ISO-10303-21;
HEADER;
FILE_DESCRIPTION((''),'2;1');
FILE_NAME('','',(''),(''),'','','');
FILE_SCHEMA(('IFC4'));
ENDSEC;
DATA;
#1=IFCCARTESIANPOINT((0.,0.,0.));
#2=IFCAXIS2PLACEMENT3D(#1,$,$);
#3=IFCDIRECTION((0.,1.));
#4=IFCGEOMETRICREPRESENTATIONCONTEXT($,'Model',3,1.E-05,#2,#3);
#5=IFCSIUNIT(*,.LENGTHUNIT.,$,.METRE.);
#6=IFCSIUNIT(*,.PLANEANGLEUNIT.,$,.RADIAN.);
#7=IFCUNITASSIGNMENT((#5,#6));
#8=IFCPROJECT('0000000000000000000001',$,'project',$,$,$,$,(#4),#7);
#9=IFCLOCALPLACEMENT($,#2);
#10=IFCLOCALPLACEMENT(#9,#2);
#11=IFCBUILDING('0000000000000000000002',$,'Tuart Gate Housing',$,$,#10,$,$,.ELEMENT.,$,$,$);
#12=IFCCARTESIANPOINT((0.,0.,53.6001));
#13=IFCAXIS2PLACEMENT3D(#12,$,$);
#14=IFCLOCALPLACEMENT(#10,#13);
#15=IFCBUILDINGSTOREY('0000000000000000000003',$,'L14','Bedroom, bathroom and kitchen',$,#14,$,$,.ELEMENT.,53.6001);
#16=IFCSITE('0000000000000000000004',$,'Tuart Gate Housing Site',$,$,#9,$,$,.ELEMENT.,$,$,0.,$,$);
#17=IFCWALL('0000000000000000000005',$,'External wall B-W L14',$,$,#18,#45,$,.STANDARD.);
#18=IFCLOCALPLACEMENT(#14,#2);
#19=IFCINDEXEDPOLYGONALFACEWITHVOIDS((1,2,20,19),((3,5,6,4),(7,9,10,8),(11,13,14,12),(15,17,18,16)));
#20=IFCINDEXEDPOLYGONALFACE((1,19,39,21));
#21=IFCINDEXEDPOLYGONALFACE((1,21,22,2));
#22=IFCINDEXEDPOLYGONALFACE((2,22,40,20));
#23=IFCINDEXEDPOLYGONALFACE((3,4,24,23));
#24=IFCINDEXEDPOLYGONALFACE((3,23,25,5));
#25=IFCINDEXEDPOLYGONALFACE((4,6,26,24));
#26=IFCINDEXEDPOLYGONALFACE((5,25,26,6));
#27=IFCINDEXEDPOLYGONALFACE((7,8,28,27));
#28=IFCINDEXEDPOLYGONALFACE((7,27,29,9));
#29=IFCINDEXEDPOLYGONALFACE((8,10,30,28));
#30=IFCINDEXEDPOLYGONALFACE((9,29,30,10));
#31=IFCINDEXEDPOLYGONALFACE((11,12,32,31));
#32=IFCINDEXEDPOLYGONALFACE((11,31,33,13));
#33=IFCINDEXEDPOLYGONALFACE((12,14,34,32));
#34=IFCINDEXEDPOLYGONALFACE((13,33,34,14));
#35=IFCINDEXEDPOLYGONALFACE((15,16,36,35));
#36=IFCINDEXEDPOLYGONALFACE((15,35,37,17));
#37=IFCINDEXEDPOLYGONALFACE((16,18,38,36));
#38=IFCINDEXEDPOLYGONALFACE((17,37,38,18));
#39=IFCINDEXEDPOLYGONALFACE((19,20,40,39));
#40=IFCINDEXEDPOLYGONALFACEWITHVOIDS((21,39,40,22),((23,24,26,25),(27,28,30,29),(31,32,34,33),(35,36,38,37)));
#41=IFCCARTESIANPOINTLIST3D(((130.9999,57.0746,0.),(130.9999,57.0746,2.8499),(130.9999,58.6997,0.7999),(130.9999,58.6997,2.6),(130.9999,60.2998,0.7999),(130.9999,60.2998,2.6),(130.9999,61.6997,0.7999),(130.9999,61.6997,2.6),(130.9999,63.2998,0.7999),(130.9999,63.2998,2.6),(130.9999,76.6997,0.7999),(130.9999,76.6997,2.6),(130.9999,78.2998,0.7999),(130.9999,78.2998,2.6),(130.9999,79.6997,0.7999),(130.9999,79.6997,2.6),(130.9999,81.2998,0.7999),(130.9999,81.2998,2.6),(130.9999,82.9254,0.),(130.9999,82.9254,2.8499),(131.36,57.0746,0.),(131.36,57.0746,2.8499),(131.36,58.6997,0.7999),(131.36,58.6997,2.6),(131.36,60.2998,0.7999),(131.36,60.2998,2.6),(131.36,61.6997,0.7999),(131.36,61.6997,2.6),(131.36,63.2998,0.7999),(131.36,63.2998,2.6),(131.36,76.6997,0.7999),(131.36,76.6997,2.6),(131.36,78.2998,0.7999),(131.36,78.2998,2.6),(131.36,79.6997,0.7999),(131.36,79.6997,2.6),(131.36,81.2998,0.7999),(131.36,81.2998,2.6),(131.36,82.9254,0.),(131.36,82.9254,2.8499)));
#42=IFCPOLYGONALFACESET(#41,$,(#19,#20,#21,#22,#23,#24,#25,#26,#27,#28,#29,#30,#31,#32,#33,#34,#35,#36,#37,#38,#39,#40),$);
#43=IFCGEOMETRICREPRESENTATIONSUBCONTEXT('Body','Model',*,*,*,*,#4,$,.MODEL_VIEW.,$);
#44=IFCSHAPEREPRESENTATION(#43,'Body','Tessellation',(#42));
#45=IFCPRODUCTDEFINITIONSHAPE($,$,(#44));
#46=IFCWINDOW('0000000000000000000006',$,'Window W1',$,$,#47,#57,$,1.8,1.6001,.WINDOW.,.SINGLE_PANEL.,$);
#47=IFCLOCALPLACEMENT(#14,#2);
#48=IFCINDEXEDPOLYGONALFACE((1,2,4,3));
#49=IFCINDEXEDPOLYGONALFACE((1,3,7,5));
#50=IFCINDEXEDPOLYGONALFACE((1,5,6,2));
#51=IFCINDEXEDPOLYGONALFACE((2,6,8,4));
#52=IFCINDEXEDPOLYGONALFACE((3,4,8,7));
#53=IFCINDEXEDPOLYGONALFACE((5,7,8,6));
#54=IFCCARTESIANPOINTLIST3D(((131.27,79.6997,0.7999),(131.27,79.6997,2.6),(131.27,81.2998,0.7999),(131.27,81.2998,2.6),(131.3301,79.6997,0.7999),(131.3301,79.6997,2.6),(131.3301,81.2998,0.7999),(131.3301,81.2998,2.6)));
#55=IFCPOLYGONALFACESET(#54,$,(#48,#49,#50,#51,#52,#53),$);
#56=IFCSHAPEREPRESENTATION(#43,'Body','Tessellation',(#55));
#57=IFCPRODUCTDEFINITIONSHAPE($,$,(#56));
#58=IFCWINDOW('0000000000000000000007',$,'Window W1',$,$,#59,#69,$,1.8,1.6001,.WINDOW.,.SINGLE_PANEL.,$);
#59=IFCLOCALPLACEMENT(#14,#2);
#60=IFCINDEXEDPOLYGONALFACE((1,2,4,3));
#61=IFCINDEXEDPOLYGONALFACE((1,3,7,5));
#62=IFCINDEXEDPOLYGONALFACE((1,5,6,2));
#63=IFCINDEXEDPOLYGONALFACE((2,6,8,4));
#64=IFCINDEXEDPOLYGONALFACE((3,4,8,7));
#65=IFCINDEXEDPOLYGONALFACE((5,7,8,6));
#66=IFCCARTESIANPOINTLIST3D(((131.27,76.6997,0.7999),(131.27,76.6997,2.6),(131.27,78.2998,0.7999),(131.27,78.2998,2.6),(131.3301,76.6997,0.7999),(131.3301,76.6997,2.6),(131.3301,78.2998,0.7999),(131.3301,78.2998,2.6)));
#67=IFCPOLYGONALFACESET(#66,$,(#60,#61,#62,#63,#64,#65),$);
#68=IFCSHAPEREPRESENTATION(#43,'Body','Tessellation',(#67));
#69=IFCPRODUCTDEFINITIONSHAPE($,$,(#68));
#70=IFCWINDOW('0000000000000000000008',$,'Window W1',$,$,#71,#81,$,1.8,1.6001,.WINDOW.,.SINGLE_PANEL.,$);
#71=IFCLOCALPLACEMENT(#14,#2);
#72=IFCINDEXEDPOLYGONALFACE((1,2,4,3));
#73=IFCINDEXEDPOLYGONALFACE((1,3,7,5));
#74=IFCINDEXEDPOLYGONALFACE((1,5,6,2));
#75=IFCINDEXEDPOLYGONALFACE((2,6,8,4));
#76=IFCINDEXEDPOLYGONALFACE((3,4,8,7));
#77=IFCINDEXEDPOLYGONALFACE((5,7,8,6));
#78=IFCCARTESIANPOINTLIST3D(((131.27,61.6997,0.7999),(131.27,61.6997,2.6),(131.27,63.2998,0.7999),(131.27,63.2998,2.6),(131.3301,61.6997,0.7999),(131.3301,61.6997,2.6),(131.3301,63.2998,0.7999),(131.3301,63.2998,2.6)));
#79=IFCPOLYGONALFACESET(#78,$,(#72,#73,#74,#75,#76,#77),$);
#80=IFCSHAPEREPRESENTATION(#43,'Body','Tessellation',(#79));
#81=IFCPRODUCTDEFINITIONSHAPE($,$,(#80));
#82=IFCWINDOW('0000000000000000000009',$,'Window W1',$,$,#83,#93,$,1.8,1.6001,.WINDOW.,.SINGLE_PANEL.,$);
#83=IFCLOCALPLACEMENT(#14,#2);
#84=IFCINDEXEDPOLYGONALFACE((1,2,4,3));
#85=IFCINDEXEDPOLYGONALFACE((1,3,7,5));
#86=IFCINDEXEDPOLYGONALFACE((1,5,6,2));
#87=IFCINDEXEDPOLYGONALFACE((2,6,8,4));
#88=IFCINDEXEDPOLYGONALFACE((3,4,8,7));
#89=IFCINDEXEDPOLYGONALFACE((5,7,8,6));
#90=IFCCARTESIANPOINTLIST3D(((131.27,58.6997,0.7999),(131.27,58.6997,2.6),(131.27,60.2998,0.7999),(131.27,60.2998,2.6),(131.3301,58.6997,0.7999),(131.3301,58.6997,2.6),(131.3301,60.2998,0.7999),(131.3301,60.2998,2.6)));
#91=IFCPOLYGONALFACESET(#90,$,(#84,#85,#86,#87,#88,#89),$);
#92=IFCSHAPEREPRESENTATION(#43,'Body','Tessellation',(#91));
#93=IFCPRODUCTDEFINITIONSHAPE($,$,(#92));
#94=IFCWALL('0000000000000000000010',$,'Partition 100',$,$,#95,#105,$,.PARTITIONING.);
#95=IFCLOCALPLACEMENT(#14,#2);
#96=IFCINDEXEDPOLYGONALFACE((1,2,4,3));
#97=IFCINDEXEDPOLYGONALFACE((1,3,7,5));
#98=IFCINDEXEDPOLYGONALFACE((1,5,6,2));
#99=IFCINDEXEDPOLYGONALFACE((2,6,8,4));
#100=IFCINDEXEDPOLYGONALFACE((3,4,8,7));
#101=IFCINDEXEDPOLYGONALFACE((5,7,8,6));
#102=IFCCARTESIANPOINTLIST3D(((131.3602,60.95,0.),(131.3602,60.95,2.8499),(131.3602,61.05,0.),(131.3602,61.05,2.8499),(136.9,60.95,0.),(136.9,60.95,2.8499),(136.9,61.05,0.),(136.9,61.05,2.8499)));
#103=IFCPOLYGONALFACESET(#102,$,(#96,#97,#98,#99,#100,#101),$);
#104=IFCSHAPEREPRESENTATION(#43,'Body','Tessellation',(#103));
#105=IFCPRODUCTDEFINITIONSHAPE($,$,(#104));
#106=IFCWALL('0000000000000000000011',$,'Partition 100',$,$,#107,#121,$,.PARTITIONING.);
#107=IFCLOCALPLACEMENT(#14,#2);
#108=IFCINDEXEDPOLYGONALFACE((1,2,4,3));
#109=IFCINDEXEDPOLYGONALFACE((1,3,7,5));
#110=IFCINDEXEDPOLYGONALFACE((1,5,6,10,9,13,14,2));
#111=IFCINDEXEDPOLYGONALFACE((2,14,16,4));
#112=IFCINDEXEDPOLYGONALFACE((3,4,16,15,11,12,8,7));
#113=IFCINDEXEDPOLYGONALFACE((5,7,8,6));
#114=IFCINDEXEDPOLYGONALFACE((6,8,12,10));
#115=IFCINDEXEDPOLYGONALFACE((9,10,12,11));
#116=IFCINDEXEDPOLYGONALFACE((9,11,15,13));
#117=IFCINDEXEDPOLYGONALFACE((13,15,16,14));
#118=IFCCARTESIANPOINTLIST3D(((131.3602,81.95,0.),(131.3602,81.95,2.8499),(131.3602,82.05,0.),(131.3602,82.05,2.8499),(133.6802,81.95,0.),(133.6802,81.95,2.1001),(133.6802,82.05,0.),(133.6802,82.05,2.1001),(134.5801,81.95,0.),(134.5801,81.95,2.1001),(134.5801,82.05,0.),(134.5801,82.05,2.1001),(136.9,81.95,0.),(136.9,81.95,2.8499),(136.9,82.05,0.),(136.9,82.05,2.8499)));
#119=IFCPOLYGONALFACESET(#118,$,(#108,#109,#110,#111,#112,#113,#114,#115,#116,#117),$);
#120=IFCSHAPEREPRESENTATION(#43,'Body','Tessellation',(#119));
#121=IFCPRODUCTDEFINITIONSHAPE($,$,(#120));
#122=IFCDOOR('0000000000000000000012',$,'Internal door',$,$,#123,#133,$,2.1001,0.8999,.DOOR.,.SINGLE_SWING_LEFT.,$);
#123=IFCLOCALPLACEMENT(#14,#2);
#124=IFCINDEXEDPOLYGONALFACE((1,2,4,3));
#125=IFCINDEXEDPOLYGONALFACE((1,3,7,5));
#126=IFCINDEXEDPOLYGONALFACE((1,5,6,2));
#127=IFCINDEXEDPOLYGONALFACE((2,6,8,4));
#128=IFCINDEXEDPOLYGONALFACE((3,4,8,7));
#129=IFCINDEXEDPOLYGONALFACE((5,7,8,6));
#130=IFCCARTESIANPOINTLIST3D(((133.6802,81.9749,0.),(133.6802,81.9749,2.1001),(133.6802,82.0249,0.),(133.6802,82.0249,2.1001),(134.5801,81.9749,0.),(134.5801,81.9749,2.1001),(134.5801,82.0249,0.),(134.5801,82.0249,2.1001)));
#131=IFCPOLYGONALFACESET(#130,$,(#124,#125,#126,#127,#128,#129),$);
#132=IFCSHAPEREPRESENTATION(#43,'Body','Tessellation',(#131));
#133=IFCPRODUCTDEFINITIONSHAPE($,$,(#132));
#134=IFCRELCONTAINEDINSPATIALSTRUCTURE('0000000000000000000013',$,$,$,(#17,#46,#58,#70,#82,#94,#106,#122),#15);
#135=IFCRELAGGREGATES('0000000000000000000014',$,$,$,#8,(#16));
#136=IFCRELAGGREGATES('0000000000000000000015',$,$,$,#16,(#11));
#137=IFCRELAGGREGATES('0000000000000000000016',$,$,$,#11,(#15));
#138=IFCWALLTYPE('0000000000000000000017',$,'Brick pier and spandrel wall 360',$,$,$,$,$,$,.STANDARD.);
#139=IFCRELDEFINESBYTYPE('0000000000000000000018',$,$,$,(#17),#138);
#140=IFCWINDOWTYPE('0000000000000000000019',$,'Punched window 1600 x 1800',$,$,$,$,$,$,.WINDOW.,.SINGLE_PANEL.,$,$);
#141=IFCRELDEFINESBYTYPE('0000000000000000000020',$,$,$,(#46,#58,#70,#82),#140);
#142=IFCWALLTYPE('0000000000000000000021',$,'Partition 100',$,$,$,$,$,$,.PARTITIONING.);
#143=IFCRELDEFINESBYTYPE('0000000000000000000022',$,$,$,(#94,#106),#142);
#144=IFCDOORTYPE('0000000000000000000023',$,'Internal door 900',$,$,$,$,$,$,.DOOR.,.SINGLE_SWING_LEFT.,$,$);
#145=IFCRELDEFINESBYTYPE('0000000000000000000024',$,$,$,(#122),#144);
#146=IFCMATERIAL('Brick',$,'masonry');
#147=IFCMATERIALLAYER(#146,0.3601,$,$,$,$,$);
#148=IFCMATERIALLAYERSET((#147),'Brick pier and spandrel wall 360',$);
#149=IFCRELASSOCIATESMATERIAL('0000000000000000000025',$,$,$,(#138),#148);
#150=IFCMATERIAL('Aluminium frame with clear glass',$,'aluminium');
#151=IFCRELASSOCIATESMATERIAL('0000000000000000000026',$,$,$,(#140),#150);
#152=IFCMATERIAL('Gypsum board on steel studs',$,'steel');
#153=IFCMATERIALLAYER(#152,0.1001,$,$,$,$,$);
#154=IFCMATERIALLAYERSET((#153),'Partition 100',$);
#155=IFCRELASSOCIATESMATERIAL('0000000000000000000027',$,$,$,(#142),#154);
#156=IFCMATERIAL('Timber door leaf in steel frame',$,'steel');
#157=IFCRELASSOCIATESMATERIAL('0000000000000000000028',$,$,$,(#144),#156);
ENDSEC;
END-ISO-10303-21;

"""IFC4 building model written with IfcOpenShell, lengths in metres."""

from ifc_helpers import new_model, si_unit, direction, frame, frame_2d, origin, place, context, subcontext, project, spatial, rectangle, extrude, material, layer, layer_set, type_object, element, fill, save


model = new_model("IFC4")

# Units and contexts
model_context = context("Model", 3, precision=1e-05, world=origin(), true_north=direction((0.0, 1.0)))
body_context = subcontext(model_context, "Body", "Model", "MODEL_VIEW")
ifc_project = project(units=[si_unit("LENGTHUNIT", "METRE"), si_unit("PLANEANGLEUNIT", "RADIAN")], contexts=[model_context])

# Site, building, storey
site_placement = place(None, origin())
site = spatial("IfcSite", under=ifc_project, at=site_placement, Name="Tuart Gate Housing Site", CompositionType="ELEMENT", RefElevation=0.0)
building_placement = place(site_placement, origin())
building = spatial("IfcBuilding", under=site, at=building_placement, Name="Tuart Gate Housing", CompositionType="ELEMENT")
storey_placement = place(building_placement, frame((0.0, 0.0, 53.6001)))
storey = spatial("IfcBuildingStorey", under=building, at=storey_placement, Name="L14", Description="Bedroom, bathroom and kitchen", CompositionType="ELEMENT", Elevation=53.6001)

# Shared definitions
ifc_material_1 = material(Name="Brick", Category="masonry")
ifc_layer_1 = layer(ifc_material_1, 0.3601)
ifc_layer_set_1 = layer_set([ifc_layer_1], Name="Brick pier and spandrel wall 360")
wall_type_1 = type_object("IfcWallType", Name="Brick pier and spandrel wall 360", PredefinedType="STANDARD", material=ifc_layer_set_1)
ifc_material_2 = material(Name="Aluminium frame with clear glass", Category="aluminium")
window_type = type_object("IfcWindowType", Name="Punched window 1600 x 1800", PartitioningType="SINGLE_PANEL", PredefinedType="WINDOW", material=ifc_material_2)

# Wall, openings, windows
wall_1_placement = place(storey_placement, frame((131.1799, 82.9253, 0.0), z_axis=(0.0, 0.0, 1.0), x_axis=(0.0, -1.0, 0.0)))
wall_1 = element("IfcWall", 1, at=wall_1_placement, inside=storey, type_object=wall_type_1, Name="External wall B-W L14", PredefinedType="STANDARD", context=body_context, shape_type="SweptSolid", body=[
    extrude(rectangle(XDim=25.8508, YDim=0.3601, at=frame_2d((12.9253, 0.0))), origin(), (0.0, 0.0, 1.0), 2.8499),
])
opening_1_placement = place(wall_1_placement, frame((1.6255, 0.0, 0.8)))
opening_1 = element("IfcOpeningElement", 2, at=opening_1_placement, cuts=wall_1, PredefinedType="OPENING", context=body_context, shape_type="SweptSolid", body=[
    extrude(rectangle(XDim=1.6001, YDim=1.8, at=frame_2d((0.8, 0.8999))), frame((0.0, 0.1899, 0.0), z_axis=(0.0, -1.0, 0.0), x_axis=(1.0, 0.0, 0.0)), (0.0, 0.0, 1.0), 0.3801),
])
opening_2_placement = place(wall_1_placement, frame((4.6255, 0.0, 0.8)))
opening_2 = element("IfcOpeningElement", 3, at=opening_2_placement, cuts=wall_1, PredefinedType="OPENING", context=body_context, shape_type="SweptSolid", body=[
    extrude(rectangle(XDim=1.6001, YDim=1.8, at=frame_2d((0.8, 0.8999))), frame((0.0, 0.1899, 0.0), z_axis=(0.0, -1.0, 0.0), x_axis=(1.0, 0.0, 0.0)), (0.0, 0.0, 1.0), 0.3801),
])
opening_3_placement = place(wall_1_placement, frame((19.6255, 0.0, 0.8)))
opening_3 = element("IfcOpeningElement", 4, at=opening_3_placement, cuts=wall_1, PredefinedType="OPENING", context=body_context, shape_type="SweptSolid", body=[
    extrude(rectangle(XDim=1.6001, YDim=1.8, at=frame_2d((0.8, 0.8999))), frame((0.0, 0.1899, 0.0), z_axis=(0.0, -1.0, 0.0), x_axis=(1.0, 0.0, 0.0)), (0.0, 0.0, 1.0), 0.3801),
])
opening_4_placement = place(wall_1_placement, frame((22.6255, 0.0, 0.8)))
opening_4 = element("IfcOpeningElement", 5, at=opening_4_placement, cuts=wall_1, PredefinedType="OPENING", context=body_context, shape_type="SweptSolid", body=[
    extrude(rectangle(XDim=1.6001, YDim=1.8, at=frame_2d((0.8, 0.8999))), frame((0.0, 0.1899, 0.0), z_axis=(0.0, -1.0, 0.0), x_axis=(1.0, 0.0, 0.0)), (0.0, 0.0, 1.0), 0.3801),
])
window_1_placement = place(opening_1_placement, origin())
window_1 = element("IfcWindow", 6, at=window_1_placement, inside=storey, type_object=window_type, Name="Window W1", OverallHeight=1.8, OverallWidth=1.6001, PartitioningType="SINGLE_PANEL", PredefinedType="WINDOW", context=body_context, shape_type="SweptSolid", body=[
    extrude(rectangle(XDim=1.6001, YDim=1.8, at=frame_2d((0.8, 0.8999))), frame((0.0, 0.1501, 0.0), z_axis=(0.0, -1.0, 0.0), x_axis=(1.0, 0.0, 0.0)), (0.0, 0.0, 1.0), 0.0601),
])
fill(opening_1, window_1)
window_2_placement = place(opening_2_placement, origin())
window_2 = element("IfcWindow", 7, at=window_2_placement, inside=storey, type_object=window_type, Name="Window W1", OverallHeight=1.8, OverallWidth=1.6001, PartitioningType="SINGLE_PANEL", PredefinedType="WINDOW", context=body_context, shape_type="SweptSolid", body=[
    extrude(rectangle(XDim=1.6001, YDim=1.8, at=frame_2d((0.8, 0.8999))), frame((0.0, 0.1501, 0.0), z_axis=(0.0, -1.0, 0.0), x_axis=(1.0, 0.0, 0.0)), (0.0, 0.0, 1.0), 0.0601),
])
fill(opening_2, window_2)
window_3_placement = place(opening_3_placement, origin())
window_3 = element("IfcWindow", 8, at=window_3_placement, inside=storey, type_object=window_type, Name="Window W1", OverallHeight=1.8, OverallWidth=1.6001, PartitioningType="SINGLE_PANEL", PredefinedType="WINDOW", context=body_context, shape_type="SweptSolid", body=[
    extrude(rectangle(XDim=1.6001, YDim=1.8, at=frame_2d((0.8, 0.8999))), frame((0.0, 0.1501, 0.0), z_axis=(0.0, -1.0, 0.0), x_axis=(1.0, 0.0, 0.0)), (0.0, 0.0, 1.0), 0.0601),
])
fill(opening_3, window_3)
window_4_placement = place(opening_4_placement, origin())
window_4 = element("IfcWindow", 9, at=window_4_placement, inside=storey, type_object=window_type, Name="Window W1", OverallHeight=1.8, OverallWidth=1.6001, PartitioningType="SINGLE_PANEL", PredefinedType="WINDOW", context=body_context, shape_type="SweptSolid", body=[
    extrude(rectangle(XDim=1.6001, YDim=1.8, at=frame_2d((0.8, 0.8999))), frame((0.0, 0.1501, 0.0), z_axis=(0.0, -1.0, 0.0), x_axis=(1.0, 0.0, 0.0)), (0.0, 0.0, 1.0), 0.0601),
])
fill(opening_4, window_4)

# Wall
ifc_material_3 = material(Name="Gypsum board on steel studs", Category="steel")
ifc_layer_2 = layer(ifc_material_3, 0.1001)
ifc_layer_set_2 = layer_set([ifc_layer_2], Name="Partition 100")
wall_type_2 = type_object("IfcWallType", Name="Partition 100", PredefinedType="PARTITIONING", material=ifc_layer_set_2)
wall_2_placement = place(storey_placement, frame((131.3601, 61.0, 0.0), z_axis=(0.0, 0.0, 1.0), x_axis=(1.0, 0.0, 0.0)))
element("IfcWall", 10, at=wall_2_placement, inside=storey, type_object=wall_type_2, Name="Partition 100", PredefinedType="PARTITIONING", context=body_context, shape_type="SweptSolid", body=[
    extrude(rectangle(XDim=5.5398, YDim=0.1001, at=frame_2d((2.77, 0.0))), origin(), (0.0, 0.0, 1.0), 2.8499),
])

# Wall, opening, door
wall_3_placement = place(storey_placement, frame((131.3601, 82.0, 0.0), z_axis=(0.0, 0.0, 1.0), x_axis=(1.0, 0.0, 0.0)))
wall_3 = element("IfcWall", 11, at=wall_3_placement, inside=storey, type_object=wall_type_2, Name="Partition 100", PredefinedType="PARTITIONING", context=body_context, shape_type="SweptSolid", body=[
    extrude(rectangle(XDim=5.5398, YDim=0.1001, at=frame_2d((2.77, 0.0))), origin(), (0.0, 0.0, 1.0), 2.8499),
])
opening_5_placement = place(wall_3_placement, frame((2.3201, 0.0, 0.0)))
opening_5 = element("IfcOpeningElement", 12, at=opening_5_placement, cuts=wall_3, PredefinedType="OPENING", context=body_context, shape_type="SweptSolid", body=[
    extrude(rectangle(XDim=0.8999, YDim=2.1001, at=frame_2d((0.45, 1.05))), frame((0.0, 0.0601, 0.0), z_axis=(0.0, -1.0, 0.0), x_axis=(1.0, 0.0, 0.0)), (0.0, 0.0, 1.0), 0.1201),
])
ifc_material_4 = material(Name="Timber door leaf in steel frame", Category="steel")
door_type = type_object("IfcDoorType", Name="Internal door 900", OperationType="SINGLE_SWING_LEFT", PredefinedType="DOOR", material=ifc_material_4)
door_placement = place(opening_5_placement, origin())
door = element("IfcDoor", 13, at=door_placement, inside=storey, type_object=door_type, Name="Internal door", OperationType="SINGLE_SWING_LEFT", OverallHeight=2.1001, OverallWidth=0.8999, PredefinedType="DOOR", context=body_context, shape_type="SweptSolid", body=[
    extrude(rectangle(XDim=0.8999, YDim=2.1001, at=frame_2d((0.45, 1.05))), frame((0.0, 0.0249, 0.0), z_axis=(0.0, -1.0, 0.0), x_axis=(1.0, 0.0, 0.0)), (0.0, 0.0, 1.0), 0.05),
])
fill(opening_5, door)

save(model, "model.ifc")
